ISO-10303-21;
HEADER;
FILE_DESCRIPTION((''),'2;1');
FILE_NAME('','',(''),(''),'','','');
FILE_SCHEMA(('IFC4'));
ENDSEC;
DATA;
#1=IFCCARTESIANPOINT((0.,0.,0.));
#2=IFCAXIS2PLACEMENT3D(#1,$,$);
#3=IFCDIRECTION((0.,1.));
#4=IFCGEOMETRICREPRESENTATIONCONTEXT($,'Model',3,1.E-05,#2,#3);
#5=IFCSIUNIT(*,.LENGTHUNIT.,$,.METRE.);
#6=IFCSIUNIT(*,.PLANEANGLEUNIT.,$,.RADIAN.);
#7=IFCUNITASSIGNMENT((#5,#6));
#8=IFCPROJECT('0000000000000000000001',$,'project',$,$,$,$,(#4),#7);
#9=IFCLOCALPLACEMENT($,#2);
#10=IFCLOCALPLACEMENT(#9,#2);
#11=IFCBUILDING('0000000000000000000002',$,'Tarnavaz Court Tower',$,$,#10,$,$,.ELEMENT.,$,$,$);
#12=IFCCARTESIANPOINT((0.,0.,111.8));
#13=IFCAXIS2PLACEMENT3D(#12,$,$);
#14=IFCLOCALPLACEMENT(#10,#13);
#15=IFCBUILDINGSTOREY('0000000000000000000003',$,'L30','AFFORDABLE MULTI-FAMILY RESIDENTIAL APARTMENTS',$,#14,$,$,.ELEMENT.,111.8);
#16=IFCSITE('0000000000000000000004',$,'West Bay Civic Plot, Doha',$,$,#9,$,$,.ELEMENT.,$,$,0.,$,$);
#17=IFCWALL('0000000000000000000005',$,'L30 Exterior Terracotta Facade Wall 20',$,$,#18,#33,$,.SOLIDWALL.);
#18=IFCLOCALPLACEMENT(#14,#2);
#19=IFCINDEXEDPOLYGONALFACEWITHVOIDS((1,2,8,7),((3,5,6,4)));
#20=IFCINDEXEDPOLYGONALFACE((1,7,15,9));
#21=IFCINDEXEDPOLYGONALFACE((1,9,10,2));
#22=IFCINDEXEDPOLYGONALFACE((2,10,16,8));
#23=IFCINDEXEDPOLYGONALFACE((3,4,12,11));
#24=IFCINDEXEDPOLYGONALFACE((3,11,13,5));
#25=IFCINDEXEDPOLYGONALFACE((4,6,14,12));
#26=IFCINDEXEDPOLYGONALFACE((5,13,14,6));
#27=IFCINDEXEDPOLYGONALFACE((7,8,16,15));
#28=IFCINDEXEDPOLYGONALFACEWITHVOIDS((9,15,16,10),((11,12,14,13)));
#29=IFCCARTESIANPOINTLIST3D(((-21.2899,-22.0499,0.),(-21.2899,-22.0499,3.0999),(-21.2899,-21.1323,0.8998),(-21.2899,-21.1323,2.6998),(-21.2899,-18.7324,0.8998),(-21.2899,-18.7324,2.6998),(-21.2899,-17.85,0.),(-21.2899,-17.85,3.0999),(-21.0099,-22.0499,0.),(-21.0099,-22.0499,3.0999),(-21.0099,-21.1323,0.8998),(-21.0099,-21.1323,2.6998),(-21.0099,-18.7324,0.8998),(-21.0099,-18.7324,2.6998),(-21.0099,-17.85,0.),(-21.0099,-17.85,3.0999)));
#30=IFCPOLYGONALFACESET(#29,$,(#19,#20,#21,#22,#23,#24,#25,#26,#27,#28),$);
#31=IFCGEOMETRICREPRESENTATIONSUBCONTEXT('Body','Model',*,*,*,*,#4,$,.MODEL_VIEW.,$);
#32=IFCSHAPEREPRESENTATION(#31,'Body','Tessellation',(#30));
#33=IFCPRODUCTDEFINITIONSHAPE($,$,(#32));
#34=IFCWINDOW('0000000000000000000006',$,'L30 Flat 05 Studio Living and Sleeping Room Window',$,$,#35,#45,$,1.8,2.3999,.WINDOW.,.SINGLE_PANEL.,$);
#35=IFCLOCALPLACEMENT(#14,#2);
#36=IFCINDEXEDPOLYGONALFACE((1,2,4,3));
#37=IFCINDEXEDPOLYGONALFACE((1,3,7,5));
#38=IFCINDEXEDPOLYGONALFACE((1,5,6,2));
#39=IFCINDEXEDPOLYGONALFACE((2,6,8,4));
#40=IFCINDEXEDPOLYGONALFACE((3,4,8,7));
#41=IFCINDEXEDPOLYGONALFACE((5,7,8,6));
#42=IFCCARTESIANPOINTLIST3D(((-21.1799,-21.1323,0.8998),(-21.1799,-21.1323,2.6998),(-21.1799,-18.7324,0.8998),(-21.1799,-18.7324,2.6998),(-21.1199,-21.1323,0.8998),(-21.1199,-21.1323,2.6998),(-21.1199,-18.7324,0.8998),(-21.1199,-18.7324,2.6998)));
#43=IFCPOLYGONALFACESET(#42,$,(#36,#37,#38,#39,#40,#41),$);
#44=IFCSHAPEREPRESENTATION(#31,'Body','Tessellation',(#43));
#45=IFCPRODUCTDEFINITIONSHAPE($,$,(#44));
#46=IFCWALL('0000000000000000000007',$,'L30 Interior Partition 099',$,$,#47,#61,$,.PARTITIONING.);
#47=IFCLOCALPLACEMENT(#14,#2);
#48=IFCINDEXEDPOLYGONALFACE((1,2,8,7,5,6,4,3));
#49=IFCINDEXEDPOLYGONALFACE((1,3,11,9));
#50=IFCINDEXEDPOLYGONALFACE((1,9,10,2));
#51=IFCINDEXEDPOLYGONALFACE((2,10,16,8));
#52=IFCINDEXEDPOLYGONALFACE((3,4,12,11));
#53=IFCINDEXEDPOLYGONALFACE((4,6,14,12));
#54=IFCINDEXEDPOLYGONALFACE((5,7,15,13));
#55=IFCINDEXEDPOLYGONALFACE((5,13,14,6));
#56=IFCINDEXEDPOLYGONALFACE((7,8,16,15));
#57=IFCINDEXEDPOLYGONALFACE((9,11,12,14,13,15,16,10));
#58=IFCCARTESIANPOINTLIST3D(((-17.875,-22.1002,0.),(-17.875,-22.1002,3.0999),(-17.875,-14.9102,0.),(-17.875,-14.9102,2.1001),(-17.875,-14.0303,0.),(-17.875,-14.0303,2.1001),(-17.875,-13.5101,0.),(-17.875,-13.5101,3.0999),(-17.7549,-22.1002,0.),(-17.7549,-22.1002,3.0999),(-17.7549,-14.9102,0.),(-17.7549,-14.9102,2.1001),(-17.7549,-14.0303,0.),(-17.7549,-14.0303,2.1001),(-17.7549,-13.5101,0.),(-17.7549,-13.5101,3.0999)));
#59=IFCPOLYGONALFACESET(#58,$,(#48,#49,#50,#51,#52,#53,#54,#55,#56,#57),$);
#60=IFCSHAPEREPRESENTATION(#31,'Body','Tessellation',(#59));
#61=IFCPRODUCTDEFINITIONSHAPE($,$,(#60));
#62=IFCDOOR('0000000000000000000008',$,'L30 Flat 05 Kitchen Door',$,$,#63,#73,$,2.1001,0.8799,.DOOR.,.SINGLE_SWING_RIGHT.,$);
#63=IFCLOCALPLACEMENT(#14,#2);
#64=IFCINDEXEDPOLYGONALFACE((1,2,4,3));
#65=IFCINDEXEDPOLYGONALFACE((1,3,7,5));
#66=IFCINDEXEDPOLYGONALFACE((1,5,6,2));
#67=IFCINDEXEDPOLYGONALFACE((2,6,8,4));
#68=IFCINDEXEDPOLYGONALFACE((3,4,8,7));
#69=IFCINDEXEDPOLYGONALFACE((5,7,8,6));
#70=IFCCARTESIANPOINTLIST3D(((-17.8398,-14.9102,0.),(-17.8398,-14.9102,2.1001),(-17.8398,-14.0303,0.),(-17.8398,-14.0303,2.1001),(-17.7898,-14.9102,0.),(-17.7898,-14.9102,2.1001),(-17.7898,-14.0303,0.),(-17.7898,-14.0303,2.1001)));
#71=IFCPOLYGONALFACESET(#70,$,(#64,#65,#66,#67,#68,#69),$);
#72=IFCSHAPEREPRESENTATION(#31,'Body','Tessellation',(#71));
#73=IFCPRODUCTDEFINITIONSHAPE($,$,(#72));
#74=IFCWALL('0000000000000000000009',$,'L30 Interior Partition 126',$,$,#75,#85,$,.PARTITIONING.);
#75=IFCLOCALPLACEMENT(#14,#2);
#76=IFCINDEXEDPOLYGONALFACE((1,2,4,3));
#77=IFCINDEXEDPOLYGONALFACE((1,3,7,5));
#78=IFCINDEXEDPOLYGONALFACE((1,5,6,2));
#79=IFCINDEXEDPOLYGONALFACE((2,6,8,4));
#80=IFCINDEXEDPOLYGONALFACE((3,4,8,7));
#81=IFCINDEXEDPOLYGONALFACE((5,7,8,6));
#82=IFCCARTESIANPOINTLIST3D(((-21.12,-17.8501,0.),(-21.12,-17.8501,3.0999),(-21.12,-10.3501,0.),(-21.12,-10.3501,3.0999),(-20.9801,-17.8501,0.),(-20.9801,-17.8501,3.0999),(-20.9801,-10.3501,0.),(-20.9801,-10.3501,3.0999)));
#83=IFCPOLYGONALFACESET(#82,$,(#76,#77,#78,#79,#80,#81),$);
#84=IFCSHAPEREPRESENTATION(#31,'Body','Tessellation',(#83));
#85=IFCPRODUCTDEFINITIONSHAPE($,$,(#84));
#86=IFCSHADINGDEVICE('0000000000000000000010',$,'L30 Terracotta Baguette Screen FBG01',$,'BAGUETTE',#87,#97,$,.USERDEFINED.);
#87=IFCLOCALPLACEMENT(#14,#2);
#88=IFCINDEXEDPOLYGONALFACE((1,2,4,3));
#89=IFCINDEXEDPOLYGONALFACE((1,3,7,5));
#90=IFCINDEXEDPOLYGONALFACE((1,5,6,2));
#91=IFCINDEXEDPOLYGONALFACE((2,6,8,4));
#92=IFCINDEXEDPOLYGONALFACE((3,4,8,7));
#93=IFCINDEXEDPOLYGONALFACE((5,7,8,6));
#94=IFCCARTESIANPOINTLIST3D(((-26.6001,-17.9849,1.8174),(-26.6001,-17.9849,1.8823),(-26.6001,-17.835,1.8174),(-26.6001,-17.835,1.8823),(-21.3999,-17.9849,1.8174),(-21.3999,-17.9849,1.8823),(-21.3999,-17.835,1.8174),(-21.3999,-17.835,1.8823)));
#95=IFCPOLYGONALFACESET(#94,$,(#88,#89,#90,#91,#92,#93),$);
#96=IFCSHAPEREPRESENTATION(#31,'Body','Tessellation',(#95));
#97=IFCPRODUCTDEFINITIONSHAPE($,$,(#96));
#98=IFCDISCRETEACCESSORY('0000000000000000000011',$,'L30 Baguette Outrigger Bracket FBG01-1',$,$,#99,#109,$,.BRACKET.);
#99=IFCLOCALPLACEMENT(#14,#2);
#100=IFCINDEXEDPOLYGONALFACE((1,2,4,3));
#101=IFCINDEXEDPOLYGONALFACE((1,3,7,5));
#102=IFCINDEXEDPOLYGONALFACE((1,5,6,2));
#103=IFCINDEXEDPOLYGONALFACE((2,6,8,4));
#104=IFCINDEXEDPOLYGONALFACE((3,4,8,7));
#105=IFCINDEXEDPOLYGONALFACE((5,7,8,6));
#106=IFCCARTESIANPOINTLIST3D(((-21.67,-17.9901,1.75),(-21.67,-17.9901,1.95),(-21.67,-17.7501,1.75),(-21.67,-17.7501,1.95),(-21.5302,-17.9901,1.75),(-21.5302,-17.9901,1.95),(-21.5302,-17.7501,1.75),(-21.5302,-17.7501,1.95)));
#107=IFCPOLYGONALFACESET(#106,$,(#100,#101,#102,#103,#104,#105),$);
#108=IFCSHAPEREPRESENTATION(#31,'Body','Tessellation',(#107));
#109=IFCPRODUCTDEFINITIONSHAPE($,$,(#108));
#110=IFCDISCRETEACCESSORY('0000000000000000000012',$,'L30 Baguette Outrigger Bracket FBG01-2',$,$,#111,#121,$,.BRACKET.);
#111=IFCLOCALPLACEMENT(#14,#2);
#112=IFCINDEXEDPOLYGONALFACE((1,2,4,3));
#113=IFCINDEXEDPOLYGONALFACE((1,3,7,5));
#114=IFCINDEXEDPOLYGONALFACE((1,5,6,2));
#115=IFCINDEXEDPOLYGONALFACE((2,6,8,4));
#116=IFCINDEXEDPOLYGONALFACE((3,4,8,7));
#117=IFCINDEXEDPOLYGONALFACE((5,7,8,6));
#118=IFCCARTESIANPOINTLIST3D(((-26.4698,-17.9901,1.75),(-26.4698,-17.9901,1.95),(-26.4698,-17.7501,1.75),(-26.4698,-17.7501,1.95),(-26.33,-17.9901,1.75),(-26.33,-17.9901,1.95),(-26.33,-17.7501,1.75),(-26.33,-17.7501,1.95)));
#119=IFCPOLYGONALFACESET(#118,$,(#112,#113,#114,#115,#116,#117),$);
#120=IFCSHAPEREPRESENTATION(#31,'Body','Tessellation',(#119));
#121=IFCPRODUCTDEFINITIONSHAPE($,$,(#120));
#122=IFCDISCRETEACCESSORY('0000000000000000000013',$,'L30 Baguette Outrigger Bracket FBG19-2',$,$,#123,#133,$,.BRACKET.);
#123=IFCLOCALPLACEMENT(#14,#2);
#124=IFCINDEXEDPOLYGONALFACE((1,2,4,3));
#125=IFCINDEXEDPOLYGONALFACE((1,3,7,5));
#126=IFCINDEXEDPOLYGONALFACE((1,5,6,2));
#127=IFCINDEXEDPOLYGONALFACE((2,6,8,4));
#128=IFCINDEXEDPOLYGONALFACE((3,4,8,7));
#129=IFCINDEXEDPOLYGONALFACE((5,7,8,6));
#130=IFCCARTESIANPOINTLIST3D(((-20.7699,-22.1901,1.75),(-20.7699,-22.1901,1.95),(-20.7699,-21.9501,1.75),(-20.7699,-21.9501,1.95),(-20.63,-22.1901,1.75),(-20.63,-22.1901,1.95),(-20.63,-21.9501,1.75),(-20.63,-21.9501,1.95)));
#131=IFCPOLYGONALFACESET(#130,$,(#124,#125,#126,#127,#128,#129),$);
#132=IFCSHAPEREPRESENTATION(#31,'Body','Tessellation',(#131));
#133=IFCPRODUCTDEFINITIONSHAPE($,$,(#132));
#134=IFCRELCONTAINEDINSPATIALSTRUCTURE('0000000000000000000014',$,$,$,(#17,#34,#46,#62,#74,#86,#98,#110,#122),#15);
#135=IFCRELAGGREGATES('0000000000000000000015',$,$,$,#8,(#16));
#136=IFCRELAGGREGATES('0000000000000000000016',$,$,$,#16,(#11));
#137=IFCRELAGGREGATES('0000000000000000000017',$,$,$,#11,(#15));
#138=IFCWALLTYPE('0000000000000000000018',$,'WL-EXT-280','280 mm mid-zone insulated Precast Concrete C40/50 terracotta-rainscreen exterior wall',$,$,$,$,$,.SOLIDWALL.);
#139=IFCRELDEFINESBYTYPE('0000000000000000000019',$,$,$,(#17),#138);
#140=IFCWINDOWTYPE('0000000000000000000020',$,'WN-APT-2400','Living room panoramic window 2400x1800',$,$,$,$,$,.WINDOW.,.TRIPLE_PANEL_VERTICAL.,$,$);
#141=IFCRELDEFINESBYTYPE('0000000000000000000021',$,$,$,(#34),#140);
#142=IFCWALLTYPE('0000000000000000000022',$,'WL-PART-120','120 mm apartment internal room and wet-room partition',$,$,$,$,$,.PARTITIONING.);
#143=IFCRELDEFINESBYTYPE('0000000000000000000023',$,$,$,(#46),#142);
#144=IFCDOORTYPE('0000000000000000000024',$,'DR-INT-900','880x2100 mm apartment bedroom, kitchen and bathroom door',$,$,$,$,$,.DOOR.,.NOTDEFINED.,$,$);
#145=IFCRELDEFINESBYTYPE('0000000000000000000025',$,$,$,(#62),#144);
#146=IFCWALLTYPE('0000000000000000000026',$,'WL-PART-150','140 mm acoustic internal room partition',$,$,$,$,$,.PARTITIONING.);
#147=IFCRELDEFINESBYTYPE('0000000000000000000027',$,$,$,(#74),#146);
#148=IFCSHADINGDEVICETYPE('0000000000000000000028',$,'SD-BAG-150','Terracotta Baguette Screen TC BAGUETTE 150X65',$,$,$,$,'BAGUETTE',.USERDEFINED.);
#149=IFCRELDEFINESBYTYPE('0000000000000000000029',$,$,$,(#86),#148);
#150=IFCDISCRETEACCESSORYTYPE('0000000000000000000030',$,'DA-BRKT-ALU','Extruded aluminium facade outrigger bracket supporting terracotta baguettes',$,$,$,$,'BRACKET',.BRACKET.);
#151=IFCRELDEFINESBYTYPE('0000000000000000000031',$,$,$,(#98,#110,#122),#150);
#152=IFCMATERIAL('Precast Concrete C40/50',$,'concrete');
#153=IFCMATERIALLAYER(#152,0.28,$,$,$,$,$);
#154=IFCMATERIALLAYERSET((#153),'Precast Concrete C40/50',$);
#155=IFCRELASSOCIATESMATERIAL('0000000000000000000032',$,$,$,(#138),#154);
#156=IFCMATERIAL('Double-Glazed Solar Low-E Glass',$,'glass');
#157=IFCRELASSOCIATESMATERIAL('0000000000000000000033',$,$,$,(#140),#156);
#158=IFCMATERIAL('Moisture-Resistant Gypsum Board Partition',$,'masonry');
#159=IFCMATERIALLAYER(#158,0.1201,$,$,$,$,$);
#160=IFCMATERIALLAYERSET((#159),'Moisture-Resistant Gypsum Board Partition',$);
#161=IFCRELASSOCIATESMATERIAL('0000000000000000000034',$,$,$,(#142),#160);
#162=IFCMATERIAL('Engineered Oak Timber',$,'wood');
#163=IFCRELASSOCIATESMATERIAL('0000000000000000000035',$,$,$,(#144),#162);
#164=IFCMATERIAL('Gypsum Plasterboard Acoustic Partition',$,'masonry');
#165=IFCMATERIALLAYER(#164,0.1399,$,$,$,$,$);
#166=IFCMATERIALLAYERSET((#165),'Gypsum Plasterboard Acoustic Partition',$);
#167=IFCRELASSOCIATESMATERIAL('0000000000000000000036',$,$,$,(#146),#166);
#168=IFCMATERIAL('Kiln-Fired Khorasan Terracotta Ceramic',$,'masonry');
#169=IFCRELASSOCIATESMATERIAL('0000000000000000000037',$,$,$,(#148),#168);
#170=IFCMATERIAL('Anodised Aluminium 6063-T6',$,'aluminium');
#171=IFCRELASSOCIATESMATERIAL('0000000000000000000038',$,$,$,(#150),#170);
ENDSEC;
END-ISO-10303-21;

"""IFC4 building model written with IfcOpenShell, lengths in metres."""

from ifc_helpers import new_model, si_unit, direction, frame, frame_2d, origin, origin_2d, place, context, subcontext, project, spatial, rectangle, extrude, material, layer, layer_set, material_profile, profile_set, type_object, element, fill, save


model = new_model("IFC4")

# Units and contexts
model_context = context("Model", 3, precision=1e-05, world=origin(), true_north=direction((0.0, 1.0)))
body_context = subcontext(model_context, "Body", "Model", "MODEL_VIEW")
ifc_project = project(units=[si_unit("LENGTHUNIT", "METRE"), si_unit("PLANEANGLEUNIT", "RADIAN")], contexts=[model_context])

# Site, building, storey
site_placement = place(None, origin())
site = spatial("IfcSite", under=ifc_project, at=site_placement, Name="West Bay Civic Plot, Doha", CompositionType="ELEMENT", RefElevation=0.0)
building_placement = place(site_placement, origin())
building = spatial("IfcBuilding", under=site, at=building_placement, Name="Tarnavaz Court Tower", CompositionType="ELEMENT")
storey_placement = place(building_placement, frame((0.0, 0.0, 111.8)))
storey = spatial("IfcBuildingStorey", under=building, at=storey_placement, Name="L30", Description="AFFORDABLE MULTI-FAMILY RESIDENTIAL APARTMENTS", CompositionType="ELEMENT", Elevation=111.8)

# Shared definitions
ifc_material_1 = material(Name="Precast Concrete C40/50", Category="concrete")
ifc_layer_1 = layer(ifc_material_1, 0.28)
ifc_layer_set_1 = layer_set([ifc_layer_1], Name="Precast Concrete C40/50")
wall_type_1 = type_object("IfcWallType", Name="WL-EXT-280", Description="280 mm mid-zone insulated Precast Concrete C40/50 terracotta-rainscreen exterior wall", PredefinedType="SOLIDWALL", material=ifc_layer_set_1)
ifc_material_2 = material(Name="Double-Glazed Solar Low-E Glass", Category="glass")
window_type_1 = type_object("IfcWindowType", Name="WN-APT-2400", Description="Living room panoramic window 2400x1800", PartitioningType="TRIPLE_PANEL_VERTICAL", PredefinedType="WINDOW", material=ifc_material_2)

# Wall, opening, window
wall_1_placement = place(storey_placement, frame((-21.1499, -22.05, 0.0), z_axis=(0.0, 0.0, 1.0), x_axis=(0.0, 1.0, 0.0)))
wall_1 = element("IfcWall", 1, at=wall_1_placement, inside=storey, type_object=wall_type_1, Name="L30 Exterior Terracotta Facade Wall 20", PredefinedType="SOLIDWALL", context=body_context, shape_type="SweptSolid", body=[
    extrude(rectangle(XDim=4.2, YDim=0.28, at=frame_2d((2.1001, 0.0))), origin(), (0.0, 0.0, 1.0), 3.0999),
])
opening_1_placement = place(wall_1_placement, frame((0.9177, 0.0, 0.8999)))
opening_1 = element("IfcOpeningElement", 2, at=opening_1_placement, cuts=wall_1, PredefinedType="OPENING", context=body_context, shape_type="SweptSolid", body=[
    extrude(rectangle(XDim=2.3999, YDim=1.8, at=frame_2d((1.2, 0.8999))), frame((0.0, 0.1499, 0.0), z_axis=(0.0, -1.0, 0.0), x_axis=(1.0, 0.0, 0.0)), (0.0, 0.0, 1.0), 0.3),
])
window_1_placement = place(opening_1_placement, origin())
window_1 = element("IfcWindow", 3, at=window_1_placement, inside=storey, type_object=window_type_1, Name="L30 Flat 05 Studio Living and Sleeping Room Window", OverallHeight=1.8, OverallWidth=2.3999, PartitioningType="SINGLE_PANEL", PredefinedType="WINDOW", context=body_context, shape_type="SweptSolid", body=[
    extrude(rectangle(XDim=2.3999, YDim=1.8, at=frame_2d((1.2, 0.8999))), frame((0.0, 0.03, 0.0), z_axis=(0.0, -1.0, 0.0), x_axis=(1.0, 0.0, 0.0)), (0.0, 0.0, 1.0), 0.0601),
])
fill(opening_1, window_1)

# Wall, opening, door
ifc_material_3 = material(Name="Moisture-Resistant Gypsum Board Partition", Category="masonry")
ifc_layer_2 = layer(ifc_material_3, 0.1201)
ifc_layer_set_2 = layer_set([ifc_layer_2], Name="Moisture-Resistant Gypsum Board Partition")
wall_type_2 = type_object("IfcWallType", Name="WL-PART-120", Description="120 mm apartment internal room and wet-room partition", PredefinedType="PARTITIONING", material=ifc_layer_set_2)
wall_2_placement = place(storey_placement, frame((-17.8149, -22.1001, 0.0), z_axis=(0.0, 0.0, 1.0), x_axis=(0.0, 1.0, 0.0)))
wall_2 = element("IfcWall", 4, at=wall_2_placement, inside=storey, type_object=wall_type_2, Name="L30 Interior Partition 099", PredefinedType="PARTITIONING", context=body_context, shape_type="SweptSolid", body=[
    extrude(rectangle(XDim=8.5901, YDim=0.1201, at=frame_2d((4.2949, 0.0))), origin(), (0.0, 0.0, 1.0), 3.0999),
])
opening_2_placement = place(wall_2_placement, frame((7.1899, 0.0, 0.0)))
opening_2 = element("IfcOpeningElement", 5, at=opening_2_placement, cuts=wall_2, PredefinedType="OPENING", context=body_context, shape_type="SweptSolid", body=[
    extrude(rectangle(XDim=0.8799, YDim=2.1001, at=frame_2d((0.4399, 1.05))), frame((0.0, 0.0701, 0.0), z_axis=(0.0, -1.0, 0.0), x_axis=(1.0, 0.0, 0.0)), (0.0, 0.0, 1.0), 0.1401),
])
ifc_material_4 = material(Name="Engineered Oak Timber", Category="wood")
door_type = type_object("IfcDoorType", Name="DR-INT-900", Description="880x2100 mm apartment bedroom, kitchen and bathroom door", OperationType="NOTDEFINED", PredefinedType="DOOR", material=ifc_material_4)
door_placement = place(opening_2_placement, origin())
door = element("IfcDoor", 6, at=door_placement, inside=storey, type_object=door_type, Name="L30 Flat 05 Kitchen Door", OperationType="SINGLE_SWING_RIGHT", OverallHeight=2.1001, OverallWidth=0.8799, PredefinedType="DOOR", context=body_context, shape_type="SweptSolid", body=[
    extrude(rectangle(XDim=0.8799, YDim=2.1001, at=frame_2d((0.4399, 1.05))), frame((0.0, 0.0249, 0.0), z_axis=(0.0, -1.0, 0.0), x_axis=(1.0, 0.0, 0.0)), (0.0, 0.0, 1.0), 0.05),
])
fill(opening_2, door)

# Wall
ifc_material_5 = material(Name="Gypsum Plasterboard Acoustic Partition", Category="masonry")
ifc_layer_3 = layer(ifc_material_5, 0.1399)
ifc_layer_set_3 = layer_set([ifc_layer_3], Name="Gypsum Plasterboard Acoustic Partition")
wall_type_3 = type_object("IfcWallType", Name="WL-PART-150", Description="140 mm acoustic internal room partition", PredefinedType="PARTITIONING", material=ifc_layer_set_3)
wall_3_placement = place(storey_placement, frame((-21.05, -17.8501, 0.0), z_axis=(0.0, 0.0, 1.0), x_axis=(0.0, 1.0, 0.0)))
element("IfcWall", 7, at=wall_3_placement, inside=storey, type_object=wall_type_3, Name="L30 Interior Partition 126", PredefinedType="PARTITIONING", context=body_context, shape_type="SweptSolid", body=[
    extrude(rectangle(XDim=7.5, YDim=0.1399, at=frame_2d((3.75, 0.0))), origin(), (0.0, 0.0, 1.0), 3.0999),
])

# Shading device
ifc_material_6 = material(Name="Kiln-Fired Khorasan Terracotta Ceramic", Category="masonry")
ifc_material_profile_1 = material_profile(ifc_material_6, rectangle(XDim=0.1499, YDim=0.0649, at=origin_2d()), Name="TC BAGUETTE 150X65")
ifc_profile_set_1 = profile_set([ifc_material_profile_1], Name="Kiln-Fired Khorasan Terracotta Ceramic")
shading_device_type = type_object("IfcShadingDeviceType", Name="SD-BAG-150", Description="Terracotta Baguette Screen TC BAGUETTE 150X65", ElementType="BAGUETTE", PredefinedType="USERDEFINED", material=ifc_profile_set_1)
shading_device_placement = place(storey_placement, frame((-21.3999, -17.9099, 1.8499), z_axis=(-1.0, 0.0, 0.0), x_axis=(0.0, -1.0, 0.0)))
element("IfcShadingDevice", 8, at=shading_device_placement, inside=storey, type_object=shading_device_type, Name="L30 Terracotta Baguette Screen FBG01", ObjectType="BAGUETTE", PredefinedType="USERDEFINED", context=body_context, shape_type="SweptSolid", body=[
    extrude(rectangle(XDim=0.1499, YDim=0.0649, at=origin_2d()), origin(), (0.0, 0.0, 1.0), 5.2002),
])

# Discrete accessories
ifc_material_7 = material(Name="Anodised Aluminium 6063-T6", Category="aluminium")
discrete_accessory_type = type_object("IfcDiscreteAccessoryType", Name="DA-BRKT-ALU", Description="Extruded aluminium facade outrigger bracket supporting terracotta baguettes", ElementType="BRACKET", PredefinedType="BRACKET", material=ifc_material_7)
for number, where, z_axis, x_axis, name in (
    (9, (-21.6001, -17.8701, 1.75), (0.0, 0.0, 1.0), (-1.0, 0.0, 0.0), "L30 Baguette Outrigger Bracket FBG01-1"),
    (10, (-26.3999, -17.8701, 1.75), (0.0, 0.0, 1.0), (-1.0, 0.0, 0.0), "L30 Baguette Outrigger Bracket FBG01-2"),
    (11, (-20.7, -22.0701, 1.75), (0.0, 0.0, 1.0), (-1.0, 0.0, 0.0), "L30 Baguette Outrigger Bracket FBG19-2"),
):
    element("IfcDiscreteAccessory", number, at=place(storey_placement, frame(where, z_axis=z_axis, x_axis=x_axis)), inside=storey, type_object=discrete_accessory_type, Name=name, PredefinedType="BRACKET", context=body_context, shape_type="SweptSolid", body=[
        extrude(rectangle(XDim=0.1399, YDim=0.24, at=origin_2d()), origin(), (0.0, 0.0, 1.0), 0.2),
    ])

save(model, "model.ifc")
